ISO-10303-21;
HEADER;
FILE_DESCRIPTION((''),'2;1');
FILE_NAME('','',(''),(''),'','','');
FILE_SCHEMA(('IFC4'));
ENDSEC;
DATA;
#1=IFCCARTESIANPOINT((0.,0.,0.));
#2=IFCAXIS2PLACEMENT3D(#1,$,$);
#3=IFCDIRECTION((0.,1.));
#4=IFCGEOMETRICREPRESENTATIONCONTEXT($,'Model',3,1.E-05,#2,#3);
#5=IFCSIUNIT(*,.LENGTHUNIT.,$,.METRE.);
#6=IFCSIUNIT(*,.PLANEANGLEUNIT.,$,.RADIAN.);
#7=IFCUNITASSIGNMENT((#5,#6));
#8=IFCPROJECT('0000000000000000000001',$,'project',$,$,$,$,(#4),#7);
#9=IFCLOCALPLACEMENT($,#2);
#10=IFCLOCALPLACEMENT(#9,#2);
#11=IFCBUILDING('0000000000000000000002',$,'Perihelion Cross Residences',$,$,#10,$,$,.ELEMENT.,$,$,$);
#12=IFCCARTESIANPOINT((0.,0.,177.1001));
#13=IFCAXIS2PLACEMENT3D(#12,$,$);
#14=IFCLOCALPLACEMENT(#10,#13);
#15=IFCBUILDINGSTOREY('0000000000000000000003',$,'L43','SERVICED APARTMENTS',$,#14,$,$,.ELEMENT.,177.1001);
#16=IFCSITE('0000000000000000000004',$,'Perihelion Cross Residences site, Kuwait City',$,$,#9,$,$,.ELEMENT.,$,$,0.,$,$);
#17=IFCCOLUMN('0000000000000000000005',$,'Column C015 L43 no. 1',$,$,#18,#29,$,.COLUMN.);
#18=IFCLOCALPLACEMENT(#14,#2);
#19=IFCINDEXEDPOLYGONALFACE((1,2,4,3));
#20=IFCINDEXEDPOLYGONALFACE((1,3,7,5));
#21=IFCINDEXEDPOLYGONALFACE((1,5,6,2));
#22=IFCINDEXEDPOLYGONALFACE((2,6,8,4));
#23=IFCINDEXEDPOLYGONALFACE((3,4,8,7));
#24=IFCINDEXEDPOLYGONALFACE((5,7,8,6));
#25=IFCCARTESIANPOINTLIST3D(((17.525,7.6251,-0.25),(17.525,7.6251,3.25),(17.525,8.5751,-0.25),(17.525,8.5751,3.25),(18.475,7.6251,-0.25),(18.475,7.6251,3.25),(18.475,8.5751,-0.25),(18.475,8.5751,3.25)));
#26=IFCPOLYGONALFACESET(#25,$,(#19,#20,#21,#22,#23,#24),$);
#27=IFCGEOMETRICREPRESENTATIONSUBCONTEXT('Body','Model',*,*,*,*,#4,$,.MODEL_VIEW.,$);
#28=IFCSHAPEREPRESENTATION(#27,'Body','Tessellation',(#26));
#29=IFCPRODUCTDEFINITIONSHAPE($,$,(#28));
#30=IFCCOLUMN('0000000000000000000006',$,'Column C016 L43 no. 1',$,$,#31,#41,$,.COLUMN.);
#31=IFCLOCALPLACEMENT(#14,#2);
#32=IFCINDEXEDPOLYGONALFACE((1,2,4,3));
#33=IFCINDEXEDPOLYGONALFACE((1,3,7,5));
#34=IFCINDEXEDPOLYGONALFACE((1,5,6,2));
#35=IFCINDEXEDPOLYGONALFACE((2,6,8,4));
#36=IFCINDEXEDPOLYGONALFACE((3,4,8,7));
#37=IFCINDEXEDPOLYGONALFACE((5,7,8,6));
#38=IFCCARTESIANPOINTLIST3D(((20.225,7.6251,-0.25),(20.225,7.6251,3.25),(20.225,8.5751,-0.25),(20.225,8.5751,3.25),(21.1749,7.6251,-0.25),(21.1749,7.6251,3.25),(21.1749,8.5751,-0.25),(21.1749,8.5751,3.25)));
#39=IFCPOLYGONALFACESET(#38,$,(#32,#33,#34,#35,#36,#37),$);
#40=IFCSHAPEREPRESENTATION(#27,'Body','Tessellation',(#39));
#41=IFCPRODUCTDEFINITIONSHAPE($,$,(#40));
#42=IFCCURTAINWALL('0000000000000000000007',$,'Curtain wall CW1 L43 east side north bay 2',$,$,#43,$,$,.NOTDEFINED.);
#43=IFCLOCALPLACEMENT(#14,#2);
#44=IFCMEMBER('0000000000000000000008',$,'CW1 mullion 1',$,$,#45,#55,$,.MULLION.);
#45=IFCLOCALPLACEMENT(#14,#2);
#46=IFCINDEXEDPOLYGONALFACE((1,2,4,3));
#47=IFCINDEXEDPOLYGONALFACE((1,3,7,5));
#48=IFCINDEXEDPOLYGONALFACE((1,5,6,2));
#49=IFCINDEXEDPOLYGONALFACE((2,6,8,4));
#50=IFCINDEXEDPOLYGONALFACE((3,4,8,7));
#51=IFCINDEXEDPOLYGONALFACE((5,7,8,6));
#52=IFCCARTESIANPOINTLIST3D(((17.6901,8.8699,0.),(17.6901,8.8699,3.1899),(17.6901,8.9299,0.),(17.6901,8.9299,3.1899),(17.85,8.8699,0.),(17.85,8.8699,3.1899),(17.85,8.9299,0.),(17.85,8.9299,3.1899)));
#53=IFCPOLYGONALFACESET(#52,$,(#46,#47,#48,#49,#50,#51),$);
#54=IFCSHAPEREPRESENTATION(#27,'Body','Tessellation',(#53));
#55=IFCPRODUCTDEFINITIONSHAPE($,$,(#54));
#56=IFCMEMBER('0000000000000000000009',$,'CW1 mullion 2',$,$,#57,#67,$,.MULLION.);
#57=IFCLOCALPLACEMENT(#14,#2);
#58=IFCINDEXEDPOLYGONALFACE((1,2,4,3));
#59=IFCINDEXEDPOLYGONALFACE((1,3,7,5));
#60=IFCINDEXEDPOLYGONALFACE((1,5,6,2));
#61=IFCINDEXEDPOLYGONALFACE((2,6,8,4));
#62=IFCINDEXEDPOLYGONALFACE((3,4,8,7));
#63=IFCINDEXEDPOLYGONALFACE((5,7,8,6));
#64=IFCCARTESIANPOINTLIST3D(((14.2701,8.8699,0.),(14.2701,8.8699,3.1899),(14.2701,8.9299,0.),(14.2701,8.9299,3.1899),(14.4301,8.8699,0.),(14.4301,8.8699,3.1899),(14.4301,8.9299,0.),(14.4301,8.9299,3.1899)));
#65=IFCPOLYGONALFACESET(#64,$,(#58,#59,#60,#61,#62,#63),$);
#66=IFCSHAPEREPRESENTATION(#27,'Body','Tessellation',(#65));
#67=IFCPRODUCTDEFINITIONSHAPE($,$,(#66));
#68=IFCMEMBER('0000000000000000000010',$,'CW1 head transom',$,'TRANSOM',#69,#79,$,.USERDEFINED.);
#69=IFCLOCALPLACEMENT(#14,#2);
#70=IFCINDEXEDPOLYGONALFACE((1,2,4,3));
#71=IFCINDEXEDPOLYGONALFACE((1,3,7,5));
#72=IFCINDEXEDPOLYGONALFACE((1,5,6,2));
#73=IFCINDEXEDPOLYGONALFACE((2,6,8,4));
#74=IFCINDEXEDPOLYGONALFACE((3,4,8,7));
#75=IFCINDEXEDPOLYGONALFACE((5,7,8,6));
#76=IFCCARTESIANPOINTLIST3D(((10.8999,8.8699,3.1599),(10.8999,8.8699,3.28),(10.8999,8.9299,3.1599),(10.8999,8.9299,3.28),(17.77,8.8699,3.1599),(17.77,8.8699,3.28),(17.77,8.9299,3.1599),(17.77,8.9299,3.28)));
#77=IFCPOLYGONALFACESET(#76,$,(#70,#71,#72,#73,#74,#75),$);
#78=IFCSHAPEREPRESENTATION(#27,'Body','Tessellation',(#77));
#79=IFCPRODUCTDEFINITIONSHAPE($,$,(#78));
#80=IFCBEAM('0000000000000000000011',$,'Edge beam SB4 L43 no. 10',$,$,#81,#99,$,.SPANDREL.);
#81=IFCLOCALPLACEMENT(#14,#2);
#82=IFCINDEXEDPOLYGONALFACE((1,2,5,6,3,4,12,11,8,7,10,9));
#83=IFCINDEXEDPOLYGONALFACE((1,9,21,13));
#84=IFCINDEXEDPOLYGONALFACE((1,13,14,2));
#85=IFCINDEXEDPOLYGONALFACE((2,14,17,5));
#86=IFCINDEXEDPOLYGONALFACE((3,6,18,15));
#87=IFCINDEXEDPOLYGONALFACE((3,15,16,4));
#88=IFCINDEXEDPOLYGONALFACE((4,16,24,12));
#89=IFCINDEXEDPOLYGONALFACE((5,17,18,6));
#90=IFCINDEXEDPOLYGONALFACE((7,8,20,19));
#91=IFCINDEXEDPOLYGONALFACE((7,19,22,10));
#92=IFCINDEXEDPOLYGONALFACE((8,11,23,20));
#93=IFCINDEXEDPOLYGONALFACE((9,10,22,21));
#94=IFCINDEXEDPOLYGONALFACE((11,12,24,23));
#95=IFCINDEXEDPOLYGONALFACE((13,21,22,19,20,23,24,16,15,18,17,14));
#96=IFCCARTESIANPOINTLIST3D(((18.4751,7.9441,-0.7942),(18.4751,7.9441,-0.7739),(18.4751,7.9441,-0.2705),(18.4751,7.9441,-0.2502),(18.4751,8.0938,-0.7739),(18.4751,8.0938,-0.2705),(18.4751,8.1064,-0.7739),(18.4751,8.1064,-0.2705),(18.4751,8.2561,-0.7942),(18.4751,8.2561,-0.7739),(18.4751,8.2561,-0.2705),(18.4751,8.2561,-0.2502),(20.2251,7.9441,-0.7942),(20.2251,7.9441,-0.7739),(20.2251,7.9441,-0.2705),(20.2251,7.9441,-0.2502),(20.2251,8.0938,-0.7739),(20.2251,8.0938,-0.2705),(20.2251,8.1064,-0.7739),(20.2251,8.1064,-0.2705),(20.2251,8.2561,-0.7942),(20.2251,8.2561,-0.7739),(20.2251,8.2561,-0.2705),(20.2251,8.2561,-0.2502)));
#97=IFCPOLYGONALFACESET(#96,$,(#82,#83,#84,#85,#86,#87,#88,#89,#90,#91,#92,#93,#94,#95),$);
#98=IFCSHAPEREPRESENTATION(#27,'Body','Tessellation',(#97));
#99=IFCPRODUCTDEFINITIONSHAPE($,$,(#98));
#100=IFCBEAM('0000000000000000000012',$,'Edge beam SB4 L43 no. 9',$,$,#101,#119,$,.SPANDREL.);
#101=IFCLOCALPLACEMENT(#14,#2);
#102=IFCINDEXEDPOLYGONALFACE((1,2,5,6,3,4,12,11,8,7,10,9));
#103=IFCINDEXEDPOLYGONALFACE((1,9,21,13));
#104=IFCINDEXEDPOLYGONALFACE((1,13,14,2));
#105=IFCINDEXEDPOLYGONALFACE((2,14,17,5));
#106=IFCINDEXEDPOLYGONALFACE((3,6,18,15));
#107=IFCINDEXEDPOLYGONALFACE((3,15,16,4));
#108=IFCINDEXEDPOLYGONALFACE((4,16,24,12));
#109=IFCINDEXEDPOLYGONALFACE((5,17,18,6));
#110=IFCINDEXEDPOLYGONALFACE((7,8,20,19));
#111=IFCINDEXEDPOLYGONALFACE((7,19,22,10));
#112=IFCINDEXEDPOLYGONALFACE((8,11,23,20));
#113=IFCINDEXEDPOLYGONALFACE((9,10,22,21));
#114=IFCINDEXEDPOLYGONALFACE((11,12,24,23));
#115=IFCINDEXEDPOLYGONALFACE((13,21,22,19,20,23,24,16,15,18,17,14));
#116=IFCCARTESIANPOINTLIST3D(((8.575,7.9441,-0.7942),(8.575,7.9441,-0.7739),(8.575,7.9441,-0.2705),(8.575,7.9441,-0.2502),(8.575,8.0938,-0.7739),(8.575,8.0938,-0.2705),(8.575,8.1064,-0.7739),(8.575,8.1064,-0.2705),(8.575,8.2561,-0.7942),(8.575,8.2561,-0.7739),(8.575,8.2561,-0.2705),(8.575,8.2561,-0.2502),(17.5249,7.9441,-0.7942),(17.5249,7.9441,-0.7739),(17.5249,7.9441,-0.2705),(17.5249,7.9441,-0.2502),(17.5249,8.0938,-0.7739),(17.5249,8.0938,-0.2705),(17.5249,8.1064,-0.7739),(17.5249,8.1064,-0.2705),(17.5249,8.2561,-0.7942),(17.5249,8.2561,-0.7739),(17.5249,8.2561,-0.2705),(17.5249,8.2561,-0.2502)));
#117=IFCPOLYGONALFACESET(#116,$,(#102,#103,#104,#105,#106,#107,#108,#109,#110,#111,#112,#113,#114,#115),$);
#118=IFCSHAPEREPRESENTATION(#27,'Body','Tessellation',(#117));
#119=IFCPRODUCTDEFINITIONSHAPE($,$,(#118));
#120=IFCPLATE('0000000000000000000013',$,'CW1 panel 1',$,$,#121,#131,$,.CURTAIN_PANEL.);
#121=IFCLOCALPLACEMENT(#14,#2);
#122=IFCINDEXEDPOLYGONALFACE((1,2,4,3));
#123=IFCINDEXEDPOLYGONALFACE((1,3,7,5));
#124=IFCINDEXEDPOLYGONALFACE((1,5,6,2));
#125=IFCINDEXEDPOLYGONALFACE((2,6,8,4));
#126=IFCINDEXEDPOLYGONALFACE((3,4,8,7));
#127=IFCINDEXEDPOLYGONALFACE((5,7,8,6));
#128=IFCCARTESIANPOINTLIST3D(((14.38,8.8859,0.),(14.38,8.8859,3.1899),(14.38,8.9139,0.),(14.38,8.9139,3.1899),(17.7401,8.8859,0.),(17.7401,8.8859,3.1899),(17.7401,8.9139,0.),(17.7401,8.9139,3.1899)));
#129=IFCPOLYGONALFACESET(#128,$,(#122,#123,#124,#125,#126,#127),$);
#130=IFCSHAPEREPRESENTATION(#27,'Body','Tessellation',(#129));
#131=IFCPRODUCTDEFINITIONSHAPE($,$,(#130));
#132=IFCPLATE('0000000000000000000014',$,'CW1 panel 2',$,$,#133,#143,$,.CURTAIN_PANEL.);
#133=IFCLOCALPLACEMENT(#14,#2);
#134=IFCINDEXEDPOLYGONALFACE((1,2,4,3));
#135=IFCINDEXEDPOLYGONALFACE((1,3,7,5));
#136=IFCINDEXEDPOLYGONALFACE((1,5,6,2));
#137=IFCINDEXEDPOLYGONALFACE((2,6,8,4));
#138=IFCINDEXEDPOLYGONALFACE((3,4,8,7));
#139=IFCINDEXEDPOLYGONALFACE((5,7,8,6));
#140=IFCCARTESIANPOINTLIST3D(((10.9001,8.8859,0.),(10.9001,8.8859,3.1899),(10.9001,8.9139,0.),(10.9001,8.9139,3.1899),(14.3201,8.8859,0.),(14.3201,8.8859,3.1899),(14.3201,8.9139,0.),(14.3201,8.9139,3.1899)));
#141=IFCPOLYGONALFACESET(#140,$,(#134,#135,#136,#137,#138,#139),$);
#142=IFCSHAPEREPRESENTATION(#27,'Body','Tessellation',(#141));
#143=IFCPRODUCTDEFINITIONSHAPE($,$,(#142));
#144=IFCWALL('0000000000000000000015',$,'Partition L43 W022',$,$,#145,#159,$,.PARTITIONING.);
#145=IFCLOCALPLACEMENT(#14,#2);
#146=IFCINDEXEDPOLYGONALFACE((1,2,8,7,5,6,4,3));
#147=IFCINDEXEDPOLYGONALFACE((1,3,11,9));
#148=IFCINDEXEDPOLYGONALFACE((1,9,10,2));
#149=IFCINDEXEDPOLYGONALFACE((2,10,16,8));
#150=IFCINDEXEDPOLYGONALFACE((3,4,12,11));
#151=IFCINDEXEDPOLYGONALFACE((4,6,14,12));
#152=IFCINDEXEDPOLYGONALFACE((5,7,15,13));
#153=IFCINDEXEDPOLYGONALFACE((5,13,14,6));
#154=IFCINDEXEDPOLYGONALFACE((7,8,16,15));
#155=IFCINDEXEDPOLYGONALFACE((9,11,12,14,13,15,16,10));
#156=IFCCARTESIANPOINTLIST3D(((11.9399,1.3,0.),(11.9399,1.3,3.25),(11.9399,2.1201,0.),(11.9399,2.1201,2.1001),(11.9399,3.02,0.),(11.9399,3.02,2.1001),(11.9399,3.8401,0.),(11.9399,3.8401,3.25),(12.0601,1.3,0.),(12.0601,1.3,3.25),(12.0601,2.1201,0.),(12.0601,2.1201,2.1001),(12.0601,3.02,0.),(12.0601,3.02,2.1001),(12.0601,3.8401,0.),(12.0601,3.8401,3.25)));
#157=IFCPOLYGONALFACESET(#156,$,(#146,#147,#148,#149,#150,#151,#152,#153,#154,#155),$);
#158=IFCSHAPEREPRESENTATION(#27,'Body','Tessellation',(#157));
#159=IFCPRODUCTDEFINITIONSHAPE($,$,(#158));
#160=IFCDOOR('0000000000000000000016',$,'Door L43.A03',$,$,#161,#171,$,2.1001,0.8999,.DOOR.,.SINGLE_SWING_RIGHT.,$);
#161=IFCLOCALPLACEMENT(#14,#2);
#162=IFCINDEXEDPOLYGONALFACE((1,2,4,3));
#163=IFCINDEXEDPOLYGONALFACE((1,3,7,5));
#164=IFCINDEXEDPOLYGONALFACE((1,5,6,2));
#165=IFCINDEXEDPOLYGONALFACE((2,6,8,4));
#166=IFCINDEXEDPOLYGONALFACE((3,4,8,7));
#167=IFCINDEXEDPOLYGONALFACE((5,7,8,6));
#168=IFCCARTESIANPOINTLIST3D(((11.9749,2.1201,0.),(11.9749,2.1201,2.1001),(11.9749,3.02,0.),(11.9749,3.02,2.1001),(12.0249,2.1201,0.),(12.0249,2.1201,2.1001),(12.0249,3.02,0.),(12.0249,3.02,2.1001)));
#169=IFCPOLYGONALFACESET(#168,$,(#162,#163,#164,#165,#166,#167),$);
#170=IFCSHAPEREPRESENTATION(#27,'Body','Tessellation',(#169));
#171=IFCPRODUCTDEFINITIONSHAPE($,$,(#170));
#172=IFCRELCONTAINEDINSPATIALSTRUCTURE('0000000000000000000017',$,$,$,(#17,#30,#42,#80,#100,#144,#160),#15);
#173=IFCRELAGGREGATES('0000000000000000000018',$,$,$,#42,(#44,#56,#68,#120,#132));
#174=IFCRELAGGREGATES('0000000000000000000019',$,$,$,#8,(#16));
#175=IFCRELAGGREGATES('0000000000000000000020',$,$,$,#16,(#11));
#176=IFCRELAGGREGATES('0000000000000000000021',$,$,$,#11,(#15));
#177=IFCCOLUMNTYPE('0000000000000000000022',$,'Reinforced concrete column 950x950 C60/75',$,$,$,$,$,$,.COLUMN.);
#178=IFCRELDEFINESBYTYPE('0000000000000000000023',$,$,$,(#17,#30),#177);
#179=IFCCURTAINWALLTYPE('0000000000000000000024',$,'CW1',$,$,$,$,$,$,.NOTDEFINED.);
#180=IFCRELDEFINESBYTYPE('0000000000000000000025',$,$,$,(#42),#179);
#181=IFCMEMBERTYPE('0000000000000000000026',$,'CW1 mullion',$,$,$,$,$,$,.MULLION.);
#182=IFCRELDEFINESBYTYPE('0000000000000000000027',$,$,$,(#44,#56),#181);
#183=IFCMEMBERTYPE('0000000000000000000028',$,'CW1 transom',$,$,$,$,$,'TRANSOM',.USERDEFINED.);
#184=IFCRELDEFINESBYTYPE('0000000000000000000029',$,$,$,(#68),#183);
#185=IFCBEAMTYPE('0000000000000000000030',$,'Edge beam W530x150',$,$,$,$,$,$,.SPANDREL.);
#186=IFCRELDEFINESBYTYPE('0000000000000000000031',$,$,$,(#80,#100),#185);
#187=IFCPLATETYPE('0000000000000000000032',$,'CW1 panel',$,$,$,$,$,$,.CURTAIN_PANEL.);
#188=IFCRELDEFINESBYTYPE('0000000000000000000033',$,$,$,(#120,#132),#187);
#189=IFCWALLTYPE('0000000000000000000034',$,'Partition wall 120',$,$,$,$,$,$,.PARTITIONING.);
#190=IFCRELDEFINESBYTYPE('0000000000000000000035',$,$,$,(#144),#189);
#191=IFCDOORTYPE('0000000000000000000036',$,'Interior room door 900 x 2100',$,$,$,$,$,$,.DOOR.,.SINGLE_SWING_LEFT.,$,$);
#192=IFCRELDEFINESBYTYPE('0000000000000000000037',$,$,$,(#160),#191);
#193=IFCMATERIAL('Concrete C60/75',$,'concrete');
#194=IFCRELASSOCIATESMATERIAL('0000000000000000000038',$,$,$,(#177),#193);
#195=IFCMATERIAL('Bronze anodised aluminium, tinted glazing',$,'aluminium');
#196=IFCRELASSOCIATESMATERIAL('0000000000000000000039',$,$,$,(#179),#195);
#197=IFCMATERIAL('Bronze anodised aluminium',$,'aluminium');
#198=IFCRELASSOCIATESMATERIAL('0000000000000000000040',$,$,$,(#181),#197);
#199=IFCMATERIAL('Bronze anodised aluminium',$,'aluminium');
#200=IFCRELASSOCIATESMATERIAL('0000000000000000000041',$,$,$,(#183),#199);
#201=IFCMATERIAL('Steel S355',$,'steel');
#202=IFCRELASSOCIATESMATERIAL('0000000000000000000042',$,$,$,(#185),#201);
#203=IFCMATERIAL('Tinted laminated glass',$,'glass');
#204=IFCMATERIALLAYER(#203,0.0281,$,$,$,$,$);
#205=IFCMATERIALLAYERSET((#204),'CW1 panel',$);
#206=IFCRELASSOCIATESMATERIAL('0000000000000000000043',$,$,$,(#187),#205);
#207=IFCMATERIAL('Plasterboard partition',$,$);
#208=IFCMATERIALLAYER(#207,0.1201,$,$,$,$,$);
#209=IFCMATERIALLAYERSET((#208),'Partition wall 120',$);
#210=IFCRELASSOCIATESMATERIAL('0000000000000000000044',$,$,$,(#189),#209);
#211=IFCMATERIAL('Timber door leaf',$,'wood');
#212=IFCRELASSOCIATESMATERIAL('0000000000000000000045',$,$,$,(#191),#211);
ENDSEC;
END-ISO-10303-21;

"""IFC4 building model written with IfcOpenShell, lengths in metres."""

from ifc_helpers import new_model, si_unit, direction, frame, frame_2d, origin, origin_2d, place, context, subcontext, project, spatial, rectangle, i_section, extrude, material, layer, layer_set, material_profile, profile_set, type_object, element, fill, aggregate, save


model = new_model("IFC4")

# Units and contexts
model_context = context("Model", 3, precision=1e-05, world=origin(), true_north=direction((0.0, 1.0)))
body_context = subcontext(model_context, "Body", "Model", "MODEL_VIEW")
ifc_project = project(units=[si_unit("LENGTHUNIT", "METRE"), si_unit("PLANEANGLEUNIT", "RADIAN")], contexts=[model_context])

# Site, building, storey
site_placement = place(None, origin())
site = spatial("IfcSite", under=ifc_project, at=site_placement, Name="Perihelion Cross Residences site, Kuwait City", CompositionType="ELEMENT", RefElevation=0.0)
building_placement = place(site_placement, origin())
building = spatial("IfcBuilding", under=site, at=building_placement, Name="Perihelion Cross Residences", CompositionType="ELEMENT")
storey_placement = place(building_placement, frame((0.0, 0.0, 177.1001)))
storey = spatial("IfcBuildingStorey", under=building, at=storey_placement, Name="L43", Description="SERVICED APARTMENTS", CompositionType="ELEMENT", Elevation=177.1001)

# Columns
ifc_material_1 = material(Name="Concrete C60/75", Category="concrete")
ifc_material_profile_1 = material_profile(ifc_material_1, rectangle(XDim=0.95, YDim=0.95, at=origin_2d()), Name="RC 950x950")
ifc_profile_set_1 = profile_set([ifc_material_profile_1], Name="Concrete C60/75")
column_type = type_object("IfcColumnType", Name="Reinforced concrete column 950x950 C60/75", PredefinedType="COLUMN", material=ifc_profile_set_1)
for number, where, z_axis, x_axis, name in (
    (1, (18.0, 8.1001, -0.25), (0.0, 0.0, 1.0), (1.0, 0.0, 0.0), "Column C015 L43 no. 1"),
    (2, (20.7, 8.1001, -0.25), (0.0, 0.0, 1.0), (1.0, 0.0, 0.0), "Column C016 L43 no. 1"),
):
    element("IfcColumn", number, at=place(storey_placement, frame(where, z_axis=z_axis, x_axis=x_axis)), inside=storey, type_object=column_type, Name=name, PredefinedType="COLUMN", context=body_context, shape_type="SweptSolid", body=[
        extrude(rectangle(XDim=0.95, YDim=0.95, at=origin_2d()), origin(), (0.0, 0.0, 1.0), 3.5),
    ])

# Curtain wall, members
ifc_material_2 = material(Name="Bronze anodised aluminium, tinted glazing", Category="aluminium")
curtain_wall_type = type_object("IfcCurtainWallType", Name="CW1", PredefinedType="NOTDEFINED", material=ifc_material_2)
curtain_wall_placement = place(storey_placement, origin())
curtain_wall = element("IfcCurtainWall", 3, at=curtain_wall_placement, inside=storey, type_object=curtain_wall_type, Name="Curtain wall CW1 L43 east side north bay 2", PredefinedType="NOTDEFINED")
ifc_material_3 = material(Name="Bronze anodised aluminium", Category="aluminium")
ifc_material_profile_2 = material_profile(ifc_material_3, rectangle(XDim=0.0601, YDim=0.1599, at=origin_2d()), Name="CW1 mullion")
ifc_profile_set_2 = profile_set([ifc_material_profile_2], Name="Bronze anodised aluminium")
member_type_1 = type_object("IfcMemberType", Name="CW1 mullion", PredefinedType="MULLION", material=ifc_profile_set_2)
member_1_placement = place(storey_placement, frame((17.77, 8.8999, 0.0), z_axis=(0.0, 0.0, 1.0), x_axis=(0.0, -1.0, 0.0)))
member_1 = element("IfcMember", 4, at=member_1_placement, type_object=member_type_1, Name="CW1 mullion 1", PredefinedType="MULLION", context=body_context, shape_type="SweptSolid", body=[
    extrude(rectangle(XDim=0.0601, YDim=0.1599, at=origin_2d()), origin(), (0.0, 0.0, 1.0), 3.1899),
])
member_2_placement = place(storey_placement, frame((14.3501, 8.8999, 0.0), z_axis=(0.0, 0.0, 1.0), x_axis=(0.0, -1.0, 0.0)))
member_2 = element("IfcMember", 5, at=member_2_placement, type_object=member_type_1, Name="CW1 mullion 2", PredefinedType="MULLION", context=body_context, shape_type="SweptSolid", body=[
    extrude(rectangle(XDim=0.0601, YDim=0.1599, at=origin_2d()), origin(), (0.0, 0.0, 1.0), 3.1899),
])
ifc_material_4 = material(Name="Bronze anodised aluminium", Category="aluminium")
ifc_material_profile_3 = material_profile(ifc_material_4, rectangle(XDim=0.0601, YDim=0.1201, at=origin_2d()), Name="CW1 transom")
ifc_profile_set_3 = profile_set([ifc_material_profile_3], Name="Bronze anodised aluminium")
member_type_2 = type_object("IfcMemberType", Name="CW1 transom", ElementType="TRANSOM", PredefinedType="USERDEFINED", material=ifc_profile_set_3)
member_3_placement = place(storey_placement, frame((17.77, 8.8999, 3.22), z_axis=(-1.0, 0.0, 0.0), x_axis=(0.0, -1.0, 0.0)))
member_3 = element("IfcMember", 6, at=member_3_placement, type_object=member_type_2, Name="CW1 head transom", ObjectType="TRANSOM", PredefinedType="USERDEFINED", context=body_context, shape_type="SweptSolid", body=[
    extrude(rectangle(XDim=0.0601, YDim=0.1201, at=origin_2d()), origin(), (0.0, 0.0, 1.0), 6.8701),
])

# Beams
ifc_material_5 = material(Name="Steel S355", Category="steel")
ifc_material_profile_4 = material_profile(ifc_material_5, i_section(OverallWidth=0.312, OverallDepth=0.5439, WebThickness=0.0127, FlangeThickness=0.0203, at=origin_2d()), Name="W530x150")
ifc_profile_set_4 = profile_set([ifc_material_profile_4], Name="Steel S355")
beam_type = type_object("IfcBeamType", Name="Edge beam W530x150", PredefinedType="SPANDREL", material=ifc_profile_set_4)
beam_1_placement = place(storey_placement, frame((20.2251, 8.1001, -0.5222), z_axis=(-1.0, 0.0, 0.0), x_axis=(0.0, -1.0, 0.0)))
element("IfcBeam", 7, at=beam_1_placement, inside=storey, type_object=beam_type, Name="Edge beam SB4 L43 no. 10", PredefinedType="SPANDREL", context=body_context, shape_type="SweptSolid", body=[
    extrude(i_section(OverallWidth=0.312, OverallDepth=0.5439, WebThickness=0.0127, FlangeThickness=0.0203, at=origin_2d()), origin(), (0.0, 0.0, 1.0), 1.75),
])
beam_2_placement = place(storey_placement, frame((17.5249, 8.1001, -0.5222), z_axis=(-1.0, 0.0, 0.0), x_axis=(0.0, -1.0, 0.0)))
element("IfcBeam", 8, at=beam_2_placement, inside=storey, type_object=beam_type, Name="Edge beam SB4 L43 no. 9", PredefinedType="SPANDREL", context=body_context, shape_type="SweptSolid", body=[
    extrude(i_section(OverallWidth=0.312, OverallDepth=0.5439, WebThickness=0.0127, FlangeThickness=0.0203, at=origin_2d()), origin(), (0.0, 0.0, 1.0), 8.95),
])

# Plates
ifc_material_6 = material(Name="Tinted laminated glass", Category="glass")
ifc_layer_1 = layer(ifc_material_6, 0.0281)
ifc_layer_set_1 = layer_set([ifc_layer_1], Name="CW1 panel")
plate_type = type_object("IfcPlateType", Name="CW1 panel", PredefinedType="CURTAIN_PANEL", material=ifc_layer_set_1)
plate_1_placement = place(storey_placement, frame((16.0601, 8.8999, 0.0), z_axis=(0.0, 0.0, 1.0), x_axis=(-1.0, 0.0, 0.0)))
plate_1 = element("IfcPlate", 9, at=plate_1_placement, type_object=plate_type, Name="CW1 panel 1", PredefinedType="CURTAIN_PANEL", context=body_context, shape_type="SweptSolid", body=[
    extrude(rectangle(XDim=3.3601, YDim=0.0281, at=origin_2d()), origin(), (0.0, 0.0, 1.0), 3.1899),
])
plate_2_placement = place(storey_placement, frame((12.6101, 8.8999, 0.0), z_axis=(0.0, 0.0, 1.0), x_axis=(-1.0, 0.0, 0.0)))
plate_2 = element("IfcPlate", 10, at=plate_2_placement, type_object=plate_type, Name="CW1 panel 2", PredefinedType="CURTAIN_PANEL", context=body_context, shape_type="SweptSolid", body=[
    extrude(rectangle(XDim=3.4199, YDim=0.0281, at=origin_2d()), origin(), (0.0, 0.0, 1.0), 3.1899),
])
aggregate(curtain_wall, [member_1, member_2, member_3, plate_1, plate_2])

# Wall, opening, door
ifc_material_7 = material(Name="Plasterboard partition")
ifc_layer_2 = layer(ifc_material_7, 0.1201)
ifc_layer_set_2 = layer_set([ifc_layer_2], Name="Partition wall 120")
wall_type_1 = type_object("IfcWallType", Name="Partition wall 120", PredefinedType="PARTITIONING", material=ifc_layer_set_2)
wall_1_placement = place(storey_placement, frame((12.0, 3.8401, 0.0), z_axis=(0.0, 0.0, 1.0), x_axis=(0.0, -1.0, 0.0)))
wall_1 = element("IfcWall", 11, at=wall_1_placement, inside=storey, type_object=wall_type_1, Name="Partition L43 W022", PredefinedType="PARTITIONING", context=body_context, shape_type="SweptSolid", body=[
    extrude(rectangle(XDim=2.54, YDim=0.1201, at=frame_2d((1.27, 0.0))), origin(), (0.0, 0.0, 1.0), 3.25),
])
opening_1_placement = place(wall_1_placement, frame((0.8201, 0.0, 0.0)))
opening_1 = element("IfcOpeningElement", 12, at=opening_1_placement, cuts=wall_1, PredefinedType="OPENING", context=body_context, shape_type="SweptSolid", body=[
    extrude(rectangle(XDim=0.8999, YDim=2.1001, at=frame_2d((0.45, 1.05))), frame((0.0, 0.0701, 0.0), z_axis=(0.0, -1.0, 0.0), x_axis=(1.0, 0.0, 0.0)), (0.0, 0.0, 1.0), 0.1401),
])
ifc_material_8 = material(Name="Timber door leaf", Category="wood")
door_type_1 = type_object("IfcDoorType", Name="Interior room door 900 x 2100", OperationType="SINGLE_SWING_LEFT", PredefinedType="DOOR", material=ifc_material_8)
door_1_placement = place(opening_1_placement, origin())
door_1 = element("IfcDoor", 13, at=door_1_placement, inside=storey, type_object=door_type_1, Name="Door L43.A03", OperationType="SINGLE_SWING_RIGHT", OverallHeight=2.1001, OverallWidth=0.8999, PredefinedType="DOOR", context=body_context, shape_type="SweptSolid", body=[
    extrude(rectangle(XDim=0.8999, YDim=2.1001, at=frame_2d((0.45, 1.05))), frame((0.0, 0.0249, 0.0), z_axis=(0.0, -1.0, 0.0), x_axis=(1.0, 0.0, 0.0)), (0.0, 0.0, 1.0), 0.05),
])
fill(opening_1, door_1)

save(model, "model.ifc")
